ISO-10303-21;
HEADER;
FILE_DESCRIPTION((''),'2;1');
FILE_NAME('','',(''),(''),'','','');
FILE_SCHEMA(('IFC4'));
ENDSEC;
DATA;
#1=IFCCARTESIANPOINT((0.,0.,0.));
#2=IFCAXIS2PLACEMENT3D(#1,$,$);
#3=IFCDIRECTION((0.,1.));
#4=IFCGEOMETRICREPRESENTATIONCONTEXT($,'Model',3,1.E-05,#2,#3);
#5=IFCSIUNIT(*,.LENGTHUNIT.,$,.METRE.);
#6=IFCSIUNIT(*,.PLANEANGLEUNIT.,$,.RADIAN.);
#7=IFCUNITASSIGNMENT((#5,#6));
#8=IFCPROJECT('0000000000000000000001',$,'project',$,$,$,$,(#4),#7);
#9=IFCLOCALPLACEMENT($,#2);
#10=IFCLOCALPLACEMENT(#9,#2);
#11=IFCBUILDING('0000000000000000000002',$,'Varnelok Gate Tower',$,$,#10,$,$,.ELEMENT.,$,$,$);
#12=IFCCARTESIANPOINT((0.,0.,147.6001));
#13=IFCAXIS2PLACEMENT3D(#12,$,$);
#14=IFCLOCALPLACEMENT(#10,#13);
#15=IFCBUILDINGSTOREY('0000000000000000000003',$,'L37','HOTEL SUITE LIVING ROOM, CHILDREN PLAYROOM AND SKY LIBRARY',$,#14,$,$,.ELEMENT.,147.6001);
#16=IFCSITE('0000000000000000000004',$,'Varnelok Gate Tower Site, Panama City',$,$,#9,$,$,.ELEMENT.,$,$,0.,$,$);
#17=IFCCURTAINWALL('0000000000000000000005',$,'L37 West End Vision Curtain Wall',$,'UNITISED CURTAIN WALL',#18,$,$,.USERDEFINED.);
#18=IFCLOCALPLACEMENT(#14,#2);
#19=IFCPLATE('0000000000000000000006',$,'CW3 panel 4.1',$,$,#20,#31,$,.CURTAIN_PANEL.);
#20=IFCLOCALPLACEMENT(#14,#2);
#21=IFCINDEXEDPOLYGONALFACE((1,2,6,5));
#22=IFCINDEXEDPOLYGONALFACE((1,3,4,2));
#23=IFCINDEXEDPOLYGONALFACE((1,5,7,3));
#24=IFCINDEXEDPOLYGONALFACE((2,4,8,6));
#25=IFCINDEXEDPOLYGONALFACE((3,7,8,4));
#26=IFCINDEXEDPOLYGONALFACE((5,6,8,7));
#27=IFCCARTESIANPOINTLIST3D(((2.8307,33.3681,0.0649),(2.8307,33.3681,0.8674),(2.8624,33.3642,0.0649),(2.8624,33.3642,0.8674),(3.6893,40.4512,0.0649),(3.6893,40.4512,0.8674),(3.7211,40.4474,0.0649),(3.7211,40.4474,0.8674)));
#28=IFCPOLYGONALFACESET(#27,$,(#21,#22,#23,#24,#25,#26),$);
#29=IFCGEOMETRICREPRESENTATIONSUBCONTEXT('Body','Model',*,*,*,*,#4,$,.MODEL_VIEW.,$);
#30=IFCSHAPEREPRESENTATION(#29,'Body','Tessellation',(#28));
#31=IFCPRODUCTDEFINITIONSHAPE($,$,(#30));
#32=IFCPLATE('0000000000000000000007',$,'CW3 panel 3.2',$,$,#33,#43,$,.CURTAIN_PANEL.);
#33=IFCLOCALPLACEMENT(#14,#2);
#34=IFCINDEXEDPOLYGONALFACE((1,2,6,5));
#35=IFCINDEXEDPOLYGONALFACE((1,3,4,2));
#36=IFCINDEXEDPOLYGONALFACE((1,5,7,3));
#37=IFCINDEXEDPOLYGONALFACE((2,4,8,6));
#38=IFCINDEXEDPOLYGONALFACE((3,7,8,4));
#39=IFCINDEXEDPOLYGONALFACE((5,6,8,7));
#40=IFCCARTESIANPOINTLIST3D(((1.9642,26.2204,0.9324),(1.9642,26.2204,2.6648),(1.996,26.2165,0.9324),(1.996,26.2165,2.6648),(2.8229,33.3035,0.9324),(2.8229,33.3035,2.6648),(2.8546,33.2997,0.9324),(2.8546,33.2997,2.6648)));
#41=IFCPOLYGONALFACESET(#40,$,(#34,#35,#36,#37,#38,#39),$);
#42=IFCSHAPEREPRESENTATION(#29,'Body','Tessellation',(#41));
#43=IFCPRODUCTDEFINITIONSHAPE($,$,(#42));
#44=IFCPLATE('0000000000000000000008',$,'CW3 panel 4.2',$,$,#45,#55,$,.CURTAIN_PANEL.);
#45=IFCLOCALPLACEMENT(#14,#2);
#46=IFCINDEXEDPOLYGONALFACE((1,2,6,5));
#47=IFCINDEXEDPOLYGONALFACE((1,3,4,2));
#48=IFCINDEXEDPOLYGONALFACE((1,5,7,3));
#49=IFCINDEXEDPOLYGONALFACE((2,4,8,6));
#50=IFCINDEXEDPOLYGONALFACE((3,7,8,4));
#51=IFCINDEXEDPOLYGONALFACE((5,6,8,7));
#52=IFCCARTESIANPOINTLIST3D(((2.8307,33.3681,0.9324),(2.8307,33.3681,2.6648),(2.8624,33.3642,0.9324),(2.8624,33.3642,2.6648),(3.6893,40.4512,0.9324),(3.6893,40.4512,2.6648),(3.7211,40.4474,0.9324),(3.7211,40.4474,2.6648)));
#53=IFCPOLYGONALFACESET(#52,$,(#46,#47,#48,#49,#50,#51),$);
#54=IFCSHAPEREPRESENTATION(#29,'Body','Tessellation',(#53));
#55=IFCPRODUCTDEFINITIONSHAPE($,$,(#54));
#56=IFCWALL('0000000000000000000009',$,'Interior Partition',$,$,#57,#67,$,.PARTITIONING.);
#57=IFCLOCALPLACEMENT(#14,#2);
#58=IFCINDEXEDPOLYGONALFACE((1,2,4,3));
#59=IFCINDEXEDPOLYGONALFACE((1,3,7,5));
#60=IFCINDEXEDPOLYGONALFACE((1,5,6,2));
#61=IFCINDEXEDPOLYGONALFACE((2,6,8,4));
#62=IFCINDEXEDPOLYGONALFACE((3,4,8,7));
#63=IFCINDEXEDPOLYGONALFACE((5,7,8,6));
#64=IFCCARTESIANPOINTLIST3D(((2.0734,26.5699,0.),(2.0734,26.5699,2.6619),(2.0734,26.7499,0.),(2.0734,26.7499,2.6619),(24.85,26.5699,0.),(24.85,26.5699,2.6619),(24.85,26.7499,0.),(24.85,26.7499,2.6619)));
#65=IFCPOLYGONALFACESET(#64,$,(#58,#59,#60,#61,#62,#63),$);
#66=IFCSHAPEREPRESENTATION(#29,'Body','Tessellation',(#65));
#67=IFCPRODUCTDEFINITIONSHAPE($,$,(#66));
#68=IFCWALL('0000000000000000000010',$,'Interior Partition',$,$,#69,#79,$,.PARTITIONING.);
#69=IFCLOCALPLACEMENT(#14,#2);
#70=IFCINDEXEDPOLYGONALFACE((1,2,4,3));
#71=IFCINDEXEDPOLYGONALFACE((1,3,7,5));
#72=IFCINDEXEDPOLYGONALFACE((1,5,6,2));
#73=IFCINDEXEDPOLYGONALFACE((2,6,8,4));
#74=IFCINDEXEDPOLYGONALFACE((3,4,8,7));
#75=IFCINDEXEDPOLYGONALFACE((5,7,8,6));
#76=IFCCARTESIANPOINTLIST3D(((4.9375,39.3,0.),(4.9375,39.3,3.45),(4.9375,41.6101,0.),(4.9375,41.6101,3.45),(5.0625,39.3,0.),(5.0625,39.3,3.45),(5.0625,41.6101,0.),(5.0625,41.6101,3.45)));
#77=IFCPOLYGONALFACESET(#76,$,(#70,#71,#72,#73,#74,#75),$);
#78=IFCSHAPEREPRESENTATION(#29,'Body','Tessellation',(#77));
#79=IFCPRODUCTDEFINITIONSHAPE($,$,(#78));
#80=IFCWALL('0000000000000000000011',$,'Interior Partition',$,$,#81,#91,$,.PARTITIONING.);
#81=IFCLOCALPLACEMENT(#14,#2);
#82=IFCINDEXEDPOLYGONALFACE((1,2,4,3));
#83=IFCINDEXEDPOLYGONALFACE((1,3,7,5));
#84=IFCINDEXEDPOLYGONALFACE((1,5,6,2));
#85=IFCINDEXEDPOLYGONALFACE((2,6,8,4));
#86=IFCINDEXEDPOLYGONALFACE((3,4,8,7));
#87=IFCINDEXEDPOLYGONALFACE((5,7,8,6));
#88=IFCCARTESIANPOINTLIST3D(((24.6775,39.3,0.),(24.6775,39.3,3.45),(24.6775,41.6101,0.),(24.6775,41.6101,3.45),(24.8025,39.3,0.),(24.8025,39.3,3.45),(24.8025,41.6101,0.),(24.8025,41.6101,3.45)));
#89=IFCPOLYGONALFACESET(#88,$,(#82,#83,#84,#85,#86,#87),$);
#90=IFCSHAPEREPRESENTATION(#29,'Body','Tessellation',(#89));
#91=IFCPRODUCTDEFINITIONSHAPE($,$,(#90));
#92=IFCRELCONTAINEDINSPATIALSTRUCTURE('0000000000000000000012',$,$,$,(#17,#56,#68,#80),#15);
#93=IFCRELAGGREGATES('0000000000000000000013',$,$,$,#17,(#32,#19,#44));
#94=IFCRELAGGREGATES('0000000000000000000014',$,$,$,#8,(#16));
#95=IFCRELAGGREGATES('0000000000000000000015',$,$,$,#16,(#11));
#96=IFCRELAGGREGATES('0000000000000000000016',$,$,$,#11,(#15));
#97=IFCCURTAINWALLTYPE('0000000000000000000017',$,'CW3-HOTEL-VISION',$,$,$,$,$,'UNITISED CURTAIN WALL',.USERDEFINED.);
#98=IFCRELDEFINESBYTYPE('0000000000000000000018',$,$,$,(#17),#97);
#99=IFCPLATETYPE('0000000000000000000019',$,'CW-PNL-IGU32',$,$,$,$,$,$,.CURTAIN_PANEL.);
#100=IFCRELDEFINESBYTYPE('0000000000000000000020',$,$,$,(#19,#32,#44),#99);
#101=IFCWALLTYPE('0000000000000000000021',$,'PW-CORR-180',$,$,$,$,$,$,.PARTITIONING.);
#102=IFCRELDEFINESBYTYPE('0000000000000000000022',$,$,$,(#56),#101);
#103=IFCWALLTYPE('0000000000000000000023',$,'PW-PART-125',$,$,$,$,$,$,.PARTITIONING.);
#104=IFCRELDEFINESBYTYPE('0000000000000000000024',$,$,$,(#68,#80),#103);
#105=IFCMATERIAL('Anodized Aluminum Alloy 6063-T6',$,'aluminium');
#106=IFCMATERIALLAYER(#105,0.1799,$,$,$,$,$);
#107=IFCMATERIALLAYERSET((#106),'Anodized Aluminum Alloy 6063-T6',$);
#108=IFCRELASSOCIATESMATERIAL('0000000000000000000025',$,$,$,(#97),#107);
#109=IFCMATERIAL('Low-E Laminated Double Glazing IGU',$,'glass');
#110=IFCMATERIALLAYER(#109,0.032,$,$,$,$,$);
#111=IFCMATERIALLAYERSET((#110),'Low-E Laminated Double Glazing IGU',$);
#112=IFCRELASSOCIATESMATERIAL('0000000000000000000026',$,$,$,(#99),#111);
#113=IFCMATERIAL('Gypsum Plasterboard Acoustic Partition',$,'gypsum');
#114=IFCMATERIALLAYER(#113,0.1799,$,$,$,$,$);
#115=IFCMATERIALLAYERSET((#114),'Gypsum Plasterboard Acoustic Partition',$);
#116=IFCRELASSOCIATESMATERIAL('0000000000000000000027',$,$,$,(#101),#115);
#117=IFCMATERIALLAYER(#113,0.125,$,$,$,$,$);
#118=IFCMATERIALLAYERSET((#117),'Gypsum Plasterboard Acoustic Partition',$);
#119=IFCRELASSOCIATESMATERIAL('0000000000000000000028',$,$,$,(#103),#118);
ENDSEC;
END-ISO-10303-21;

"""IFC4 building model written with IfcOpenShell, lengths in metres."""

from ifc_helpers import new_model, si_unit, direction, frame, frame_2d, origin, origin_2d, place, context, subcontext, project, spatial, rectangle, extrude, source, transform, mapped, material, layer, layer_set, type_object, element, aggregate, save


model = new_model("IFC4")

# Units and contexts
model_context = context("Model", 3, precision=1e-05, world=origin(), true_north=direction((0.0, 1.0)))
body_context = subcontext(model_context, "Body", "Model", "MODEL_VIEW")
ifc_project = project(units=[si_unit("LENGTHUNIT", "METRE"), si_unit("PLANEANGLEUNIT", "RADIAN")], contexts=[model_context])

# Site, building, storey
site_placement = place(None, origin())
site = spatial("IfcSite", under=ifc_project, at=site_placement, Name="Varnelok Gate Tower Site, Panama City", CompositionType="ELEMENT", RefElevation=0.0)
building_placement = place(site_placement, origin())
building = spatial("IfcBuilding", under=site, at=building_placement, Name="Varnelok Gate Tower", CompositionType="ELEMENT")
storey_placement = place(building_placement, frame((0.0, 0.0, 147.6001)))
storey = spatial("IfcBuildingStorey", under=building, at=storey_placement, Name="L37", Description="HOTEL SUITE LIVING ROOM, CHILDREN PLAYROOM AND SKY LIBRARY", CompositionType="ELEMENT", Elevation=147.6001)

# Curtain wall, plates
ifc_material_1 = material(Name="Anodized Aluminum Alloy 6063-T6", Category="aluminium")
ifc_layer_1 = layer(ifc_material_1, 0.1799)
ifc_layer_set_1 = layer_set([ifc_layer_1], Name="Anodized Aluminum Alloy 6063-T6")
curtain_wall_type = type_object("IfcCurtainWallType", Name="CW3-HOTEL-VISION", ElementType="UNITISED CURTAIN WALL", PredefinedType="USERDEFINED", material=ifc_layer_set_1)
curtain_wall_placement = place(storey_placement, origin())
curtain_wall = element("IfcCurtainWall", 1, at=curtain_wall_placement, inside=storey, type_object=curtain_wall_type, Name="L37 West End Vision Curtain Wall", ObjectType="UNITISED CURTAIN WALL", PredefinedType="USERDEFINED")
ifc_material_2 = material(Name="Low-E Laminated Double Glazing IGU", Category="glass")
ifc_layer_2 = layer(ifc_material_2, 0.032)
ifc_layer_set_2 = layer_set([ifc_layer_2], Name="Low-E Laminated Double Glazing IGU")
plate_type = type_object("IfcPlateType", Name="CW-PNL-IGU32", PredefinedType="CURTAIN_PANEL", material=ifc_layer_set_2)
shared_shape_1 = source(origin(), body_context, "Body", "SweptSolid", [
    extrude(rectangle(XDim=7.135, YDim=0.032, at=origin_2d()), origin(), (0.0, 0.0, 1.0), 0.8025),
])
plate_1_placement = place(storey_placement, frame((3.2759, 36.9077, 0.0649), z_axis=(0.0, 0.0, 1.0), x_axis=(0.120347, 0.992732, 0.0)))
plate_1 = element("IfcPlate", 2, at=plate_1_placement, type_object=plate_type, Name="CW3 panel 4.1", PredefinedType="CURTAIN_PANEL", context=body_context, shape_type="MappedRepresentation", body=[
    mapped(shared_shape_1, transform((0.0, 0.0, 0.0), scale=1.0)),
])
shared_shape_2 = source(origin(), body_context, "Body", "SweptSolid", [
    extrude(rectangle(XDim=7.135, YDim=0.032, at=origin_2d()), origin(), (0.0, 0.0, 1.0), 1.7324),
])
plate_2_placement = place(storey_placement, frame((2.4094, 29.76, 0.9324), z_axis=(0.0, 0.0, 1.0), x_axis=(0.120347, 0.992732, 0.0)))
plate_2 = element("IfcPlate", 3, at=plate_2_placement, type_object=plate_type, Name="CW3 panel 3.2", PredefinedType="CURTAIN_PANEL", context=body_context, shape_type="MappedRepresentation", body=[
    mapped(shared_shape_2, transform((0.0, 0.0, 0.0), scale=1.0)),
])
plate_3_placement = place(storey_placement, frame((3.2759, 36.9077, 0.9324), z_axis=(0.0, 0.0, 1.0), x_axis=(0.120347, 0.992732, 0.0)))
plate_3 = element("IfcPlate", 4, at=plate_3_placement, type_object=plate_type, Name="CW3 panel 4.2", PredefinedType="CURTAIN_PANEL", context=body_context, shape_type="MappedRepresentation", body=[
    mapped(shared_shape_2, transform((0.0, 0.0, 0.0), scale=1.0)),
])
aggregate(curtain_wall, [plate_2, plate_1, plate_3])

# Walls
ifc_material_3 = material(Name="Gypsum Plasterboard Acoustic Partition", Category="gypsum")
ifc_layer_3 = layer(ifc_material_3, 0.1799)
ifc_layer_set_3 = layer_set([ifc_layer_3], Name="Gypsum Plasterboard Acoustic Partition")
wall_type_1 = type_object("IfcWallType", Name="PW-CORR-180", PredefinedType="PARTITIONING", material=ifc_layer_set_3)
wall_placement = place(storey_placement, frame((2.0735, 26.6599, 0.0), z_axis=(0.0, 0.0, 1.0), x_axis=(1.0, 0.0, 0.0)))
element("IfcWall", 5, at=wall_placement, inside=storey, type_object=wall_type_1, Name="Interior Partition", PredefinedType="PARTITIONING", context=body_context, shape_type="SweptSolid", body=[
    extrude(rectangle(XDim=22.7766, YDim=0.1799, at=frame_2d((11.3882, 0.0))), origin(), (0.0, 0.0, 1.0), 2.6619),
])
ifc_layer_4 = layer(ifc_material_3, 0.125)
ifc_layer_set_4 = layer_set([ifc_layer_4], Name="Gypsum Plasterboard Acoustic Partition")
wall_type_2 = type_object("IfcWallType", Name="PW-PART-125", PredefinedType="PARTITIONING", material=ifc_layer_set_4)
for number, where, z_axis, x_axis, name in (
    (6, (5.0, 39.3, 0.0), (0.0, 0.0, 1.0), (0.0, 1.0, 0.0), "Interior Partition"),
    (7, (24.74, 39.3, 0.0), (0.0, 0.0, 1.0), (0.0, 1.0, 0.0), "Interior Partition"),
):
    element("IfcWall", number, at=place(storey_placement, frame(where, z_axis=z_axis, x_axis=x_axis)), inside=storey, type_object=wall_type_2, Name=name, PredefinedType="PARTITIONING", context=body_context, shape_type="SweptSolid", body=[
        extrude(rectangle(XDim=2.3101, YDim=0.125, at=frame_2d((1.155, 0.0))), origin(), (0.0, 0.0, 1.0), 3.45),
    ])

save(model, "model.ifc")
